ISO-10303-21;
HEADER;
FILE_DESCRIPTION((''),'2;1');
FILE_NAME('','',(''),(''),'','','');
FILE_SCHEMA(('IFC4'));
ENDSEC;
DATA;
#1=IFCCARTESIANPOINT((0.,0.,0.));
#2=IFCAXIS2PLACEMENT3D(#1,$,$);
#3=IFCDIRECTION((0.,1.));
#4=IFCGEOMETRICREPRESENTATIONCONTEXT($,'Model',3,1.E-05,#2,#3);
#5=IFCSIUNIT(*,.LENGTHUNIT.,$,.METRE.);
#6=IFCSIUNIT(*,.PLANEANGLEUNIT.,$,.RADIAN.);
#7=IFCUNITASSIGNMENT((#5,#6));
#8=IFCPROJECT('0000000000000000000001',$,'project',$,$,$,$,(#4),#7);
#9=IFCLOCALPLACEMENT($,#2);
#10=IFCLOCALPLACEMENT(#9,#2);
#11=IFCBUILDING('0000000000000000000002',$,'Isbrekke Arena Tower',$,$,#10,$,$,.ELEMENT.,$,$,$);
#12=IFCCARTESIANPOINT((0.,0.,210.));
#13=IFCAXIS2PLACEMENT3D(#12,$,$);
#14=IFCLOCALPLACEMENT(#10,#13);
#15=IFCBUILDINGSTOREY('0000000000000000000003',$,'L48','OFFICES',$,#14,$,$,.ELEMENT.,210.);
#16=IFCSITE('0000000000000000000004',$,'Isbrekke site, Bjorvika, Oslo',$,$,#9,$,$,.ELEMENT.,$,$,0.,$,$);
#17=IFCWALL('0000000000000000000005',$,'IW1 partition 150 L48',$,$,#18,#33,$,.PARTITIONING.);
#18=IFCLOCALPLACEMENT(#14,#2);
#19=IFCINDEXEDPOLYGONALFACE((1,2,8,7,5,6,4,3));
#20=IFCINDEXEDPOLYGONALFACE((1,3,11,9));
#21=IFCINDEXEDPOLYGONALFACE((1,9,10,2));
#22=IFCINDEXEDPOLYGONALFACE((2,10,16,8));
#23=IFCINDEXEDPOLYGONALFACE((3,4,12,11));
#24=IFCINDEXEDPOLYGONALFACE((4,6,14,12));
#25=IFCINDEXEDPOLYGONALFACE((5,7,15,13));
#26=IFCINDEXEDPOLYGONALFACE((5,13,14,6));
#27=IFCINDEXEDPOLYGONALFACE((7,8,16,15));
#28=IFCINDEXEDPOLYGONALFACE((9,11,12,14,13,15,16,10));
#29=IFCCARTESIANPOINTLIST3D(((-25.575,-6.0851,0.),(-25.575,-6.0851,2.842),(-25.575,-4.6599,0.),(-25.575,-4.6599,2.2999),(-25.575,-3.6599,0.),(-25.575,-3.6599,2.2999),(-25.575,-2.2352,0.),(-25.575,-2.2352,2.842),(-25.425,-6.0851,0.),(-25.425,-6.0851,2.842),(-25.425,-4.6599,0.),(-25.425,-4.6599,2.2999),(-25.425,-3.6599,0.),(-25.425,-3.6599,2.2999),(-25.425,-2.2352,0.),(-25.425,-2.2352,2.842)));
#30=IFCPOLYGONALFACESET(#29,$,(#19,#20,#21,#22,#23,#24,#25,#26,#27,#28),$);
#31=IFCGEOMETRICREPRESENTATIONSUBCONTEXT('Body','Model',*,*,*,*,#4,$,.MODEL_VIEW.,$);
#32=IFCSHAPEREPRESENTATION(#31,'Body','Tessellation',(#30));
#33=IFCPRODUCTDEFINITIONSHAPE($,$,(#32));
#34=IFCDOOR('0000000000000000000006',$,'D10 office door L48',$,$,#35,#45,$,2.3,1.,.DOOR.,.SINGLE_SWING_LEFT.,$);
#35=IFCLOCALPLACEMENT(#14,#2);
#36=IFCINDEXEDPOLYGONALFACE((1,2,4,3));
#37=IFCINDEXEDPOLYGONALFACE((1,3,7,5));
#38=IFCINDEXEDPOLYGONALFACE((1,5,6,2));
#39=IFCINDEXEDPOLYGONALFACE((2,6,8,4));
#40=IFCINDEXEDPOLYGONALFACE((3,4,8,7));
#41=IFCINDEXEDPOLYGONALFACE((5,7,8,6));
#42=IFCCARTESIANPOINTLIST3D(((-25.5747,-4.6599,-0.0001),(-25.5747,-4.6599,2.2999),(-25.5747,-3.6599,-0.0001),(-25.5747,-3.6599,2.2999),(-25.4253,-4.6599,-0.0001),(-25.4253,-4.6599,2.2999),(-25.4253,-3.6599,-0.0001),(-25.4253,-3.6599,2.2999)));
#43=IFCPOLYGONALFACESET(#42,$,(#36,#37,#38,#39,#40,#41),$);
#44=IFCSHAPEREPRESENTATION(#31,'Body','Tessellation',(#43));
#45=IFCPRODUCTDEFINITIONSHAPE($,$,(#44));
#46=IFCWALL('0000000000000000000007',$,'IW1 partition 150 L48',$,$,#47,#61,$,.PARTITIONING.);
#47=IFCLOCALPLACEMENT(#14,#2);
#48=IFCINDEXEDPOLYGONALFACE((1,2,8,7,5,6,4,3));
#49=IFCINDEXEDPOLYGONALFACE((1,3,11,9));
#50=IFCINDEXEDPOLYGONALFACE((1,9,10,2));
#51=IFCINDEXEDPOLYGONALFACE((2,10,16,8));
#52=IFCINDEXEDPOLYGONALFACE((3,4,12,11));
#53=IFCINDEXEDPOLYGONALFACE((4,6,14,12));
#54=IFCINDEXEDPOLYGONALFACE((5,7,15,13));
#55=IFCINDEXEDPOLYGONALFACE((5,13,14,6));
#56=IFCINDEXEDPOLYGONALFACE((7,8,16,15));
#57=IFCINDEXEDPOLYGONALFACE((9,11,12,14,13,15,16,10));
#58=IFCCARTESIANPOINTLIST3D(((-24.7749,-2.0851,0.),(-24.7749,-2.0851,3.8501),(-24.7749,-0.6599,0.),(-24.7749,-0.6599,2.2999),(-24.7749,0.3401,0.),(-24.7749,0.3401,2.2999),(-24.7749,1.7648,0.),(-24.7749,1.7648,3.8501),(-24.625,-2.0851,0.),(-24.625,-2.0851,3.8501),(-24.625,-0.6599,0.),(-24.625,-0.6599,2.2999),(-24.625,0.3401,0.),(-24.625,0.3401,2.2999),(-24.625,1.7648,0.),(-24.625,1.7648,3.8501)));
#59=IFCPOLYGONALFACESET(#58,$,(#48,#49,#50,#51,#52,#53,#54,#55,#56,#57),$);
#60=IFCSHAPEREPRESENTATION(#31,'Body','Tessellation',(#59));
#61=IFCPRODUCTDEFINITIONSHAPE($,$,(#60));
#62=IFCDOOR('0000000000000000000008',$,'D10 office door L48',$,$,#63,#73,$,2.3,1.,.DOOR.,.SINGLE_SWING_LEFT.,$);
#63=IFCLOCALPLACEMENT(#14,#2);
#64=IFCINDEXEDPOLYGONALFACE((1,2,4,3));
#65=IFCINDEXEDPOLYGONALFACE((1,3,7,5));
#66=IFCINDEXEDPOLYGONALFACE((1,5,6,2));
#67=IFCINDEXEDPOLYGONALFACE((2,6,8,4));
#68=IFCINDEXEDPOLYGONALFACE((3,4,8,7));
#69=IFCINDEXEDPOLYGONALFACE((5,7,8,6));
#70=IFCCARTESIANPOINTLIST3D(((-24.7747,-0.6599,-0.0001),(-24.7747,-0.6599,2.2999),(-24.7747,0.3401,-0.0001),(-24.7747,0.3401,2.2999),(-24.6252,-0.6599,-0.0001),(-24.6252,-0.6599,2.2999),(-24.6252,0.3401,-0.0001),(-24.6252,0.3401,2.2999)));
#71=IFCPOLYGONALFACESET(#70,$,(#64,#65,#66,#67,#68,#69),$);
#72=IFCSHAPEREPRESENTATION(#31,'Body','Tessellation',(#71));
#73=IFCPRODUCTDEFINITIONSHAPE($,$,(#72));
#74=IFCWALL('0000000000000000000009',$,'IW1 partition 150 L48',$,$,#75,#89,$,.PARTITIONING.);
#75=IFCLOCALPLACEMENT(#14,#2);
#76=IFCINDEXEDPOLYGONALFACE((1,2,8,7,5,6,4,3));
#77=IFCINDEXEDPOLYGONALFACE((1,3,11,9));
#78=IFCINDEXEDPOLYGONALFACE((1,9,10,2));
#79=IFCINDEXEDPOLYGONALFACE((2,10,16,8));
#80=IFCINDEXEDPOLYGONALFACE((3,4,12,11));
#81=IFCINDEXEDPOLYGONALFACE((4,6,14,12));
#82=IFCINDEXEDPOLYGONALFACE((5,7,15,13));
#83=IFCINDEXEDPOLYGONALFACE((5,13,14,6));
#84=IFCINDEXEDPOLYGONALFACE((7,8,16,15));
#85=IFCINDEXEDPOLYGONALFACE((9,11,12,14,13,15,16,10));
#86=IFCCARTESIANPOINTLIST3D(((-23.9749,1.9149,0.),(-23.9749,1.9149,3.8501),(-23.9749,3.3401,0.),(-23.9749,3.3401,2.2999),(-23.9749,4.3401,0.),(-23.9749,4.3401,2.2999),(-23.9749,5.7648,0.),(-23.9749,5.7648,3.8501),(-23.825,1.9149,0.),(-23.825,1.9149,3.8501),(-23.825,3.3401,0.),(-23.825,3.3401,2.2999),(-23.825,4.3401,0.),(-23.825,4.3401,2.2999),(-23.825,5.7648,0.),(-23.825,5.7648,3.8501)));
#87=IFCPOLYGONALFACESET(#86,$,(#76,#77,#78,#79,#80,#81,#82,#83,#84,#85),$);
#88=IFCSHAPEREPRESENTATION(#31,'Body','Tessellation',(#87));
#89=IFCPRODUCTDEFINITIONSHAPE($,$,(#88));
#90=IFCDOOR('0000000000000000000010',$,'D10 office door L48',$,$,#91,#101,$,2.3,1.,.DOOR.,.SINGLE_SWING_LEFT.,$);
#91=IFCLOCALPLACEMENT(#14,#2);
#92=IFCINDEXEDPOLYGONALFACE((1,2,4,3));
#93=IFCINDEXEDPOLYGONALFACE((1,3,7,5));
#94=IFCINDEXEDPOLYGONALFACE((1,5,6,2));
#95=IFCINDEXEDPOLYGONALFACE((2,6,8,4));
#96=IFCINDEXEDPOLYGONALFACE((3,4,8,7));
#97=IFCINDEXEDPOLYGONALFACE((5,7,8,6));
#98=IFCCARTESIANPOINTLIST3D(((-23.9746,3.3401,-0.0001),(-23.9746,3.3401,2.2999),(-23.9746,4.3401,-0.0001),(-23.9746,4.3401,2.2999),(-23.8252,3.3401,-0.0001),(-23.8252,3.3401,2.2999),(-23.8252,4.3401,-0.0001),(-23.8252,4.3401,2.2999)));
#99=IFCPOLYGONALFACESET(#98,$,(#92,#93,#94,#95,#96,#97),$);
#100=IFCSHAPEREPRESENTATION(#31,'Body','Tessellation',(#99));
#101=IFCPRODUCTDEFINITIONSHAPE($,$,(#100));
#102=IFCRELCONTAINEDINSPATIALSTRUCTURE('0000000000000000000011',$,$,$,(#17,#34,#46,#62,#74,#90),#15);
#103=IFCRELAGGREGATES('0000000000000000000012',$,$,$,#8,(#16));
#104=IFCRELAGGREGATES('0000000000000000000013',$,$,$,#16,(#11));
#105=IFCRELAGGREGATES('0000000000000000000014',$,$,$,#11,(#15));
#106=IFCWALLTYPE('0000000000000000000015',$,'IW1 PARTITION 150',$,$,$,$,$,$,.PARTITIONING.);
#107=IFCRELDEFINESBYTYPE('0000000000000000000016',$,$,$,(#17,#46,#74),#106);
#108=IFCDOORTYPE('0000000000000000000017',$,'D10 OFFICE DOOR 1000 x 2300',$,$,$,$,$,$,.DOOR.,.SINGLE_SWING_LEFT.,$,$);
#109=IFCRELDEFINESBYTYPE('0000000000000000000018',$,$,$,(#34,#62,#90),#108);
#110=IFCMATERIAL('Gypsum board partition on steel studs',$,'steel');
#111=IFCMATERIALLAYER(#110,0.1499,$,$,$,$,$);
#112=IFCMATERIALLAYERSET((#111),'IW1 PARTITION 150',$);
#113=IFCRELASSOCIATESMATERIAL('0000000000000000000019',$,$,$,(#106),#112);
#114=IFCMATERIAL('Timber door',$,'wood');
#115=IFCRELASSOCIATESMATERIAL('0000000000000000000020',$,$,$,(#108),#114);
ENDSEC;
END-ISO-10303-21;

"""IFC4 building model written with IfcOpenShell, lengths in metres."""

from ifc_helpers import new_model, si_unit, direction, frame, frame_2d, origin, place, context, subcontext, project, spatial, rectangle, extrude, material, layer, layer_set, type_object, element, fill, save


model = new_model("IFC4")

# Units and contexts
model_context = context("Model", 3, precision=1e-05, world=origin(), true_north=direction((0.0, 1.0)))
body_context = subcontext(model_context, "Body", "Model", "MODEL_VIEW")
ifc_project = project(units=[si_unit("LENGTHUNIT", "METRE"), si_unit("PLANEANGLEUNIT", "RADIAN")], contexts=[model_context])

# Site, building, storey
site_placement = place(None, origin())
site = spatial("IfcSite", under=ifc_project, at=site_placement, Name="Isbrekke site, Bjorvika, Oslo", CompositionType="ELEMENT", RefElevation=0.0)
building_placement = place(site_placement, origin())
building = spatial("IfcBuilding", under=site, at=building_placement, Name="Isbrekke Arena Tower", CompositionType="ELEMENT")
storey_placement = place(building_placement, frame((0.0, 0.0, 210.0)))
storey = spatial("IfcBuildingStorey", under=building, at=storey_placement, Name="L48", Description="OFFICES", CompositionType="ELEMENT", Elevation=210.0)

# Shared definitions
ifc_material_1 = material(Name="Gypsum board partition on steel studs", Category="steel")
ifc_layer_1 = layer(ifc_material_1, 0.1499)
ifc_layer_set_1 = layer_set([ifc_layer_1], Name="IW1 PARTITION 150")
wall_type = type_object("IfcWallType", Name="IW1 PARTITION 150", PredefinedType="PARTITIONING", material=ifc_layer_set_1)

# Walls, openings, doors
wall_1_placement = place(storey_placement, frame((-25.5, -6.085, 0.0), z_axis=(0.0, 0.0, 1.0), x_axis=(0.0, 1.0, 0.0)))
wall_1 = element("IfcWall", 1, at=wall_1_placement, inside=storey, type_object=wall_type, Name="IW1 partition 150 L48", PredefinedType="PARTITIONING", context=body_context, shape_type="SweptSolid", body=[
    extrude(rectangle(XDim=3.8499, YDim=0.1499, at=frame_2d((1.9248, 0.0))), origin(), (0.0, 0.0, 1.0), 2.842),
])
opening_1_placement = place(wall_1_placement, frame((1.425, 0.0, 0.0)))
opening_1 = element("IfcOpeningElement", 2, at=opening_1_placement, cuts=wall_1, PredefinedType="OPENING", context=body_context, shape_type="SweptSolid", body=[
    extrude(rectangle(XDim=1.0, YDim=2.3, at=frame_2d((0.5, 1.1499))), frame((0.0, 0.0898, 0.0), z_axis=(0.0, -1.0, 0.0), x_axis=(1.0, 0.0, 0.0)), (0.0, 0.0, 1.0), 0.1797),
])
ifc_material_2 = material(Name="Timber door", Category="wood")
door_type = type_object("IfcDoorType", Name="D10 OFFICE DOOR 1000 x 2300", OperationType="SINGLE_SWING_LEFT", PredefinedType="DOOR", material=ifc_material_2)
door_1_placement = place(opening_1_placement, origin())
door_1 = element("IfcDoor", 3, at=door_1_placement, inside=storey, type_object=door_type, Name="D10 office door L48", OperationType="SINGLE_SWING_LEFT", OverallHeight=2.3, OverallWidth=1.0, PredefinedType="DOOR", context=body_context, shape_type="SweptSolid", body=[
    extrude(rectangle(XDim=1.0, YDim=2.3, at=frame_2d((0.5, 1.1499))), frame((0.0, 0.0747, 0.0), z_axis=(0.0, -1.0, 0.0), x_axis=(1.0, 0.0, 0.0)), (0.0, 0.0, 1.0), 0.1494),
])
fill(opening_1, door_1)
wall_2_placement = place(storey_placement, frame((-24.7, -2.085, 0.0), z_axis=(0.0, 0.0, 1.0), x_axis=(0.0, 1.0, 0.0)))
wall_2 = element("IfcWall", 4, at=wall_2_placement, inside=storey, type_object=wall_type, Name="IW1 partition 150 L48", PredefinedType="PARTITIONING", context=body_context, shape_type="SweptSolid", body=[
    extrude(rectangle(XDim=3.8499, YDim=0.1499, at=frame_2d((1.9248, 0.0))), origin(), (0.0, 0.0, 1.0), 3.8501),
])
opening_2_placement = place(wall_2_placement, frame((1.425, 0.0, 0.0)))
opening_2 = element("IfcOpeningElement", 5, at=opening_2_placement, cuts=wall_2, PredefinedType="OPENING", context=body_context, shape_type="SweptSolid", body=[
    extrude(rectangle(XDim=1.0, YDim=2.3, at=frame_2d((0.5, 1.1499))), frame((0.0, 0.0898, 0.0), z_axis=(0.0, -1.0, 0.0), x_axis=(1.0, 0.0, 0.0)), (0.0, 0.0, 1.0), 0.1797),
])
door_2_placement = place(opening_2_placement, origin())
door_2 = element("IfcDoor", 6, at=door_2_placement, inside=storey, type_object=door_type, Name="D10 office door L48", OperationType="SINGLE_SWING_LEFT", OverallHeight=2.3, OverallWidth=1.0, PredefinedType="DOOR", context=body_context, shape_type="SweptSolid", body=[
    extrude(rectangle(XDim=1.0, YDim=2.3, at=frame_2d((0.5, 1.1499))), frame((0.0, 0.0747, 0.0), z_axis=(0.0, -1.0, 0.0), x_axis=(1.0, 0.0, 0.0)), (0.0, 0.0, 1.0), 0.1494),
])
fill(opening_2, door_2)
wall_3_placement = place(storey_placement, frame((-23.8999, 1.915, 0.0), z_axis=(0.0, 0.0, 1.0), x_axis=(0.0, 1.0, 0.0)))
wall_3 = element("IfcWall", 7, at=wall_3_placement, inside=storey, type_object=wall_type, Name="IW1 partition 150 L48", PredefinedType="PARTITIONING", context=body_context, shape_type="SweptSolid", body=[
    extrude(rectangle(XDim=3.8499, YDim=0.1499, at=frame_2d((1.9248, 0.0))), origin(), (0.0, 0.0, 1.0), 3.8501),
])
opening_3_placement = place(wall_3_placement, frame((1.425, 0.0, 0.0)))
opening_3 = element("IfcOpeningElement", 8, at=opening_3_placement, cuts=wall_3, PredefinedType="OPENING", context=body_context, shape_type="SweptSolid", body=[
    extrude(rectangle(XDim=1.0, YDim=2.3, at=frame_2d((0.5, 1.1499))), frame((0.0, 0.0898, 0.0), z_axis=(0.0, -1.0, 0.0), x_axis=(1.0, 0.0, 0.0)), (0.0, 0.0, 1.0), 0.1797),
])
door_3_placement = place(opening_3_placement, origin())
door_3 = element("IfcDoor", 9, at=door_3_placement, inside=storey, type_object=door_type, Name="D10 office door L48", OperationType="SINGLE_SWING_LEFT", OverallHeight=2.3, OverallWidth=1.0, PredefinedType="DOOR", context=body_context, shape_type="SweptSolid", body=[
    extrude(rectangle(XDim=1.0, YDim=2.3, at=frame_2d((0.5, 1.1499))), frame((0.0, 0.0747, 0.0), z_axis=(0.0, -1.0, 0.0), x_axis=(1.0, 0.0, 0.0)), (0.0, 0.0, 1.0), 0.1494),
])
fill(opening_3, door_3)

save(model, "model.ifc")
